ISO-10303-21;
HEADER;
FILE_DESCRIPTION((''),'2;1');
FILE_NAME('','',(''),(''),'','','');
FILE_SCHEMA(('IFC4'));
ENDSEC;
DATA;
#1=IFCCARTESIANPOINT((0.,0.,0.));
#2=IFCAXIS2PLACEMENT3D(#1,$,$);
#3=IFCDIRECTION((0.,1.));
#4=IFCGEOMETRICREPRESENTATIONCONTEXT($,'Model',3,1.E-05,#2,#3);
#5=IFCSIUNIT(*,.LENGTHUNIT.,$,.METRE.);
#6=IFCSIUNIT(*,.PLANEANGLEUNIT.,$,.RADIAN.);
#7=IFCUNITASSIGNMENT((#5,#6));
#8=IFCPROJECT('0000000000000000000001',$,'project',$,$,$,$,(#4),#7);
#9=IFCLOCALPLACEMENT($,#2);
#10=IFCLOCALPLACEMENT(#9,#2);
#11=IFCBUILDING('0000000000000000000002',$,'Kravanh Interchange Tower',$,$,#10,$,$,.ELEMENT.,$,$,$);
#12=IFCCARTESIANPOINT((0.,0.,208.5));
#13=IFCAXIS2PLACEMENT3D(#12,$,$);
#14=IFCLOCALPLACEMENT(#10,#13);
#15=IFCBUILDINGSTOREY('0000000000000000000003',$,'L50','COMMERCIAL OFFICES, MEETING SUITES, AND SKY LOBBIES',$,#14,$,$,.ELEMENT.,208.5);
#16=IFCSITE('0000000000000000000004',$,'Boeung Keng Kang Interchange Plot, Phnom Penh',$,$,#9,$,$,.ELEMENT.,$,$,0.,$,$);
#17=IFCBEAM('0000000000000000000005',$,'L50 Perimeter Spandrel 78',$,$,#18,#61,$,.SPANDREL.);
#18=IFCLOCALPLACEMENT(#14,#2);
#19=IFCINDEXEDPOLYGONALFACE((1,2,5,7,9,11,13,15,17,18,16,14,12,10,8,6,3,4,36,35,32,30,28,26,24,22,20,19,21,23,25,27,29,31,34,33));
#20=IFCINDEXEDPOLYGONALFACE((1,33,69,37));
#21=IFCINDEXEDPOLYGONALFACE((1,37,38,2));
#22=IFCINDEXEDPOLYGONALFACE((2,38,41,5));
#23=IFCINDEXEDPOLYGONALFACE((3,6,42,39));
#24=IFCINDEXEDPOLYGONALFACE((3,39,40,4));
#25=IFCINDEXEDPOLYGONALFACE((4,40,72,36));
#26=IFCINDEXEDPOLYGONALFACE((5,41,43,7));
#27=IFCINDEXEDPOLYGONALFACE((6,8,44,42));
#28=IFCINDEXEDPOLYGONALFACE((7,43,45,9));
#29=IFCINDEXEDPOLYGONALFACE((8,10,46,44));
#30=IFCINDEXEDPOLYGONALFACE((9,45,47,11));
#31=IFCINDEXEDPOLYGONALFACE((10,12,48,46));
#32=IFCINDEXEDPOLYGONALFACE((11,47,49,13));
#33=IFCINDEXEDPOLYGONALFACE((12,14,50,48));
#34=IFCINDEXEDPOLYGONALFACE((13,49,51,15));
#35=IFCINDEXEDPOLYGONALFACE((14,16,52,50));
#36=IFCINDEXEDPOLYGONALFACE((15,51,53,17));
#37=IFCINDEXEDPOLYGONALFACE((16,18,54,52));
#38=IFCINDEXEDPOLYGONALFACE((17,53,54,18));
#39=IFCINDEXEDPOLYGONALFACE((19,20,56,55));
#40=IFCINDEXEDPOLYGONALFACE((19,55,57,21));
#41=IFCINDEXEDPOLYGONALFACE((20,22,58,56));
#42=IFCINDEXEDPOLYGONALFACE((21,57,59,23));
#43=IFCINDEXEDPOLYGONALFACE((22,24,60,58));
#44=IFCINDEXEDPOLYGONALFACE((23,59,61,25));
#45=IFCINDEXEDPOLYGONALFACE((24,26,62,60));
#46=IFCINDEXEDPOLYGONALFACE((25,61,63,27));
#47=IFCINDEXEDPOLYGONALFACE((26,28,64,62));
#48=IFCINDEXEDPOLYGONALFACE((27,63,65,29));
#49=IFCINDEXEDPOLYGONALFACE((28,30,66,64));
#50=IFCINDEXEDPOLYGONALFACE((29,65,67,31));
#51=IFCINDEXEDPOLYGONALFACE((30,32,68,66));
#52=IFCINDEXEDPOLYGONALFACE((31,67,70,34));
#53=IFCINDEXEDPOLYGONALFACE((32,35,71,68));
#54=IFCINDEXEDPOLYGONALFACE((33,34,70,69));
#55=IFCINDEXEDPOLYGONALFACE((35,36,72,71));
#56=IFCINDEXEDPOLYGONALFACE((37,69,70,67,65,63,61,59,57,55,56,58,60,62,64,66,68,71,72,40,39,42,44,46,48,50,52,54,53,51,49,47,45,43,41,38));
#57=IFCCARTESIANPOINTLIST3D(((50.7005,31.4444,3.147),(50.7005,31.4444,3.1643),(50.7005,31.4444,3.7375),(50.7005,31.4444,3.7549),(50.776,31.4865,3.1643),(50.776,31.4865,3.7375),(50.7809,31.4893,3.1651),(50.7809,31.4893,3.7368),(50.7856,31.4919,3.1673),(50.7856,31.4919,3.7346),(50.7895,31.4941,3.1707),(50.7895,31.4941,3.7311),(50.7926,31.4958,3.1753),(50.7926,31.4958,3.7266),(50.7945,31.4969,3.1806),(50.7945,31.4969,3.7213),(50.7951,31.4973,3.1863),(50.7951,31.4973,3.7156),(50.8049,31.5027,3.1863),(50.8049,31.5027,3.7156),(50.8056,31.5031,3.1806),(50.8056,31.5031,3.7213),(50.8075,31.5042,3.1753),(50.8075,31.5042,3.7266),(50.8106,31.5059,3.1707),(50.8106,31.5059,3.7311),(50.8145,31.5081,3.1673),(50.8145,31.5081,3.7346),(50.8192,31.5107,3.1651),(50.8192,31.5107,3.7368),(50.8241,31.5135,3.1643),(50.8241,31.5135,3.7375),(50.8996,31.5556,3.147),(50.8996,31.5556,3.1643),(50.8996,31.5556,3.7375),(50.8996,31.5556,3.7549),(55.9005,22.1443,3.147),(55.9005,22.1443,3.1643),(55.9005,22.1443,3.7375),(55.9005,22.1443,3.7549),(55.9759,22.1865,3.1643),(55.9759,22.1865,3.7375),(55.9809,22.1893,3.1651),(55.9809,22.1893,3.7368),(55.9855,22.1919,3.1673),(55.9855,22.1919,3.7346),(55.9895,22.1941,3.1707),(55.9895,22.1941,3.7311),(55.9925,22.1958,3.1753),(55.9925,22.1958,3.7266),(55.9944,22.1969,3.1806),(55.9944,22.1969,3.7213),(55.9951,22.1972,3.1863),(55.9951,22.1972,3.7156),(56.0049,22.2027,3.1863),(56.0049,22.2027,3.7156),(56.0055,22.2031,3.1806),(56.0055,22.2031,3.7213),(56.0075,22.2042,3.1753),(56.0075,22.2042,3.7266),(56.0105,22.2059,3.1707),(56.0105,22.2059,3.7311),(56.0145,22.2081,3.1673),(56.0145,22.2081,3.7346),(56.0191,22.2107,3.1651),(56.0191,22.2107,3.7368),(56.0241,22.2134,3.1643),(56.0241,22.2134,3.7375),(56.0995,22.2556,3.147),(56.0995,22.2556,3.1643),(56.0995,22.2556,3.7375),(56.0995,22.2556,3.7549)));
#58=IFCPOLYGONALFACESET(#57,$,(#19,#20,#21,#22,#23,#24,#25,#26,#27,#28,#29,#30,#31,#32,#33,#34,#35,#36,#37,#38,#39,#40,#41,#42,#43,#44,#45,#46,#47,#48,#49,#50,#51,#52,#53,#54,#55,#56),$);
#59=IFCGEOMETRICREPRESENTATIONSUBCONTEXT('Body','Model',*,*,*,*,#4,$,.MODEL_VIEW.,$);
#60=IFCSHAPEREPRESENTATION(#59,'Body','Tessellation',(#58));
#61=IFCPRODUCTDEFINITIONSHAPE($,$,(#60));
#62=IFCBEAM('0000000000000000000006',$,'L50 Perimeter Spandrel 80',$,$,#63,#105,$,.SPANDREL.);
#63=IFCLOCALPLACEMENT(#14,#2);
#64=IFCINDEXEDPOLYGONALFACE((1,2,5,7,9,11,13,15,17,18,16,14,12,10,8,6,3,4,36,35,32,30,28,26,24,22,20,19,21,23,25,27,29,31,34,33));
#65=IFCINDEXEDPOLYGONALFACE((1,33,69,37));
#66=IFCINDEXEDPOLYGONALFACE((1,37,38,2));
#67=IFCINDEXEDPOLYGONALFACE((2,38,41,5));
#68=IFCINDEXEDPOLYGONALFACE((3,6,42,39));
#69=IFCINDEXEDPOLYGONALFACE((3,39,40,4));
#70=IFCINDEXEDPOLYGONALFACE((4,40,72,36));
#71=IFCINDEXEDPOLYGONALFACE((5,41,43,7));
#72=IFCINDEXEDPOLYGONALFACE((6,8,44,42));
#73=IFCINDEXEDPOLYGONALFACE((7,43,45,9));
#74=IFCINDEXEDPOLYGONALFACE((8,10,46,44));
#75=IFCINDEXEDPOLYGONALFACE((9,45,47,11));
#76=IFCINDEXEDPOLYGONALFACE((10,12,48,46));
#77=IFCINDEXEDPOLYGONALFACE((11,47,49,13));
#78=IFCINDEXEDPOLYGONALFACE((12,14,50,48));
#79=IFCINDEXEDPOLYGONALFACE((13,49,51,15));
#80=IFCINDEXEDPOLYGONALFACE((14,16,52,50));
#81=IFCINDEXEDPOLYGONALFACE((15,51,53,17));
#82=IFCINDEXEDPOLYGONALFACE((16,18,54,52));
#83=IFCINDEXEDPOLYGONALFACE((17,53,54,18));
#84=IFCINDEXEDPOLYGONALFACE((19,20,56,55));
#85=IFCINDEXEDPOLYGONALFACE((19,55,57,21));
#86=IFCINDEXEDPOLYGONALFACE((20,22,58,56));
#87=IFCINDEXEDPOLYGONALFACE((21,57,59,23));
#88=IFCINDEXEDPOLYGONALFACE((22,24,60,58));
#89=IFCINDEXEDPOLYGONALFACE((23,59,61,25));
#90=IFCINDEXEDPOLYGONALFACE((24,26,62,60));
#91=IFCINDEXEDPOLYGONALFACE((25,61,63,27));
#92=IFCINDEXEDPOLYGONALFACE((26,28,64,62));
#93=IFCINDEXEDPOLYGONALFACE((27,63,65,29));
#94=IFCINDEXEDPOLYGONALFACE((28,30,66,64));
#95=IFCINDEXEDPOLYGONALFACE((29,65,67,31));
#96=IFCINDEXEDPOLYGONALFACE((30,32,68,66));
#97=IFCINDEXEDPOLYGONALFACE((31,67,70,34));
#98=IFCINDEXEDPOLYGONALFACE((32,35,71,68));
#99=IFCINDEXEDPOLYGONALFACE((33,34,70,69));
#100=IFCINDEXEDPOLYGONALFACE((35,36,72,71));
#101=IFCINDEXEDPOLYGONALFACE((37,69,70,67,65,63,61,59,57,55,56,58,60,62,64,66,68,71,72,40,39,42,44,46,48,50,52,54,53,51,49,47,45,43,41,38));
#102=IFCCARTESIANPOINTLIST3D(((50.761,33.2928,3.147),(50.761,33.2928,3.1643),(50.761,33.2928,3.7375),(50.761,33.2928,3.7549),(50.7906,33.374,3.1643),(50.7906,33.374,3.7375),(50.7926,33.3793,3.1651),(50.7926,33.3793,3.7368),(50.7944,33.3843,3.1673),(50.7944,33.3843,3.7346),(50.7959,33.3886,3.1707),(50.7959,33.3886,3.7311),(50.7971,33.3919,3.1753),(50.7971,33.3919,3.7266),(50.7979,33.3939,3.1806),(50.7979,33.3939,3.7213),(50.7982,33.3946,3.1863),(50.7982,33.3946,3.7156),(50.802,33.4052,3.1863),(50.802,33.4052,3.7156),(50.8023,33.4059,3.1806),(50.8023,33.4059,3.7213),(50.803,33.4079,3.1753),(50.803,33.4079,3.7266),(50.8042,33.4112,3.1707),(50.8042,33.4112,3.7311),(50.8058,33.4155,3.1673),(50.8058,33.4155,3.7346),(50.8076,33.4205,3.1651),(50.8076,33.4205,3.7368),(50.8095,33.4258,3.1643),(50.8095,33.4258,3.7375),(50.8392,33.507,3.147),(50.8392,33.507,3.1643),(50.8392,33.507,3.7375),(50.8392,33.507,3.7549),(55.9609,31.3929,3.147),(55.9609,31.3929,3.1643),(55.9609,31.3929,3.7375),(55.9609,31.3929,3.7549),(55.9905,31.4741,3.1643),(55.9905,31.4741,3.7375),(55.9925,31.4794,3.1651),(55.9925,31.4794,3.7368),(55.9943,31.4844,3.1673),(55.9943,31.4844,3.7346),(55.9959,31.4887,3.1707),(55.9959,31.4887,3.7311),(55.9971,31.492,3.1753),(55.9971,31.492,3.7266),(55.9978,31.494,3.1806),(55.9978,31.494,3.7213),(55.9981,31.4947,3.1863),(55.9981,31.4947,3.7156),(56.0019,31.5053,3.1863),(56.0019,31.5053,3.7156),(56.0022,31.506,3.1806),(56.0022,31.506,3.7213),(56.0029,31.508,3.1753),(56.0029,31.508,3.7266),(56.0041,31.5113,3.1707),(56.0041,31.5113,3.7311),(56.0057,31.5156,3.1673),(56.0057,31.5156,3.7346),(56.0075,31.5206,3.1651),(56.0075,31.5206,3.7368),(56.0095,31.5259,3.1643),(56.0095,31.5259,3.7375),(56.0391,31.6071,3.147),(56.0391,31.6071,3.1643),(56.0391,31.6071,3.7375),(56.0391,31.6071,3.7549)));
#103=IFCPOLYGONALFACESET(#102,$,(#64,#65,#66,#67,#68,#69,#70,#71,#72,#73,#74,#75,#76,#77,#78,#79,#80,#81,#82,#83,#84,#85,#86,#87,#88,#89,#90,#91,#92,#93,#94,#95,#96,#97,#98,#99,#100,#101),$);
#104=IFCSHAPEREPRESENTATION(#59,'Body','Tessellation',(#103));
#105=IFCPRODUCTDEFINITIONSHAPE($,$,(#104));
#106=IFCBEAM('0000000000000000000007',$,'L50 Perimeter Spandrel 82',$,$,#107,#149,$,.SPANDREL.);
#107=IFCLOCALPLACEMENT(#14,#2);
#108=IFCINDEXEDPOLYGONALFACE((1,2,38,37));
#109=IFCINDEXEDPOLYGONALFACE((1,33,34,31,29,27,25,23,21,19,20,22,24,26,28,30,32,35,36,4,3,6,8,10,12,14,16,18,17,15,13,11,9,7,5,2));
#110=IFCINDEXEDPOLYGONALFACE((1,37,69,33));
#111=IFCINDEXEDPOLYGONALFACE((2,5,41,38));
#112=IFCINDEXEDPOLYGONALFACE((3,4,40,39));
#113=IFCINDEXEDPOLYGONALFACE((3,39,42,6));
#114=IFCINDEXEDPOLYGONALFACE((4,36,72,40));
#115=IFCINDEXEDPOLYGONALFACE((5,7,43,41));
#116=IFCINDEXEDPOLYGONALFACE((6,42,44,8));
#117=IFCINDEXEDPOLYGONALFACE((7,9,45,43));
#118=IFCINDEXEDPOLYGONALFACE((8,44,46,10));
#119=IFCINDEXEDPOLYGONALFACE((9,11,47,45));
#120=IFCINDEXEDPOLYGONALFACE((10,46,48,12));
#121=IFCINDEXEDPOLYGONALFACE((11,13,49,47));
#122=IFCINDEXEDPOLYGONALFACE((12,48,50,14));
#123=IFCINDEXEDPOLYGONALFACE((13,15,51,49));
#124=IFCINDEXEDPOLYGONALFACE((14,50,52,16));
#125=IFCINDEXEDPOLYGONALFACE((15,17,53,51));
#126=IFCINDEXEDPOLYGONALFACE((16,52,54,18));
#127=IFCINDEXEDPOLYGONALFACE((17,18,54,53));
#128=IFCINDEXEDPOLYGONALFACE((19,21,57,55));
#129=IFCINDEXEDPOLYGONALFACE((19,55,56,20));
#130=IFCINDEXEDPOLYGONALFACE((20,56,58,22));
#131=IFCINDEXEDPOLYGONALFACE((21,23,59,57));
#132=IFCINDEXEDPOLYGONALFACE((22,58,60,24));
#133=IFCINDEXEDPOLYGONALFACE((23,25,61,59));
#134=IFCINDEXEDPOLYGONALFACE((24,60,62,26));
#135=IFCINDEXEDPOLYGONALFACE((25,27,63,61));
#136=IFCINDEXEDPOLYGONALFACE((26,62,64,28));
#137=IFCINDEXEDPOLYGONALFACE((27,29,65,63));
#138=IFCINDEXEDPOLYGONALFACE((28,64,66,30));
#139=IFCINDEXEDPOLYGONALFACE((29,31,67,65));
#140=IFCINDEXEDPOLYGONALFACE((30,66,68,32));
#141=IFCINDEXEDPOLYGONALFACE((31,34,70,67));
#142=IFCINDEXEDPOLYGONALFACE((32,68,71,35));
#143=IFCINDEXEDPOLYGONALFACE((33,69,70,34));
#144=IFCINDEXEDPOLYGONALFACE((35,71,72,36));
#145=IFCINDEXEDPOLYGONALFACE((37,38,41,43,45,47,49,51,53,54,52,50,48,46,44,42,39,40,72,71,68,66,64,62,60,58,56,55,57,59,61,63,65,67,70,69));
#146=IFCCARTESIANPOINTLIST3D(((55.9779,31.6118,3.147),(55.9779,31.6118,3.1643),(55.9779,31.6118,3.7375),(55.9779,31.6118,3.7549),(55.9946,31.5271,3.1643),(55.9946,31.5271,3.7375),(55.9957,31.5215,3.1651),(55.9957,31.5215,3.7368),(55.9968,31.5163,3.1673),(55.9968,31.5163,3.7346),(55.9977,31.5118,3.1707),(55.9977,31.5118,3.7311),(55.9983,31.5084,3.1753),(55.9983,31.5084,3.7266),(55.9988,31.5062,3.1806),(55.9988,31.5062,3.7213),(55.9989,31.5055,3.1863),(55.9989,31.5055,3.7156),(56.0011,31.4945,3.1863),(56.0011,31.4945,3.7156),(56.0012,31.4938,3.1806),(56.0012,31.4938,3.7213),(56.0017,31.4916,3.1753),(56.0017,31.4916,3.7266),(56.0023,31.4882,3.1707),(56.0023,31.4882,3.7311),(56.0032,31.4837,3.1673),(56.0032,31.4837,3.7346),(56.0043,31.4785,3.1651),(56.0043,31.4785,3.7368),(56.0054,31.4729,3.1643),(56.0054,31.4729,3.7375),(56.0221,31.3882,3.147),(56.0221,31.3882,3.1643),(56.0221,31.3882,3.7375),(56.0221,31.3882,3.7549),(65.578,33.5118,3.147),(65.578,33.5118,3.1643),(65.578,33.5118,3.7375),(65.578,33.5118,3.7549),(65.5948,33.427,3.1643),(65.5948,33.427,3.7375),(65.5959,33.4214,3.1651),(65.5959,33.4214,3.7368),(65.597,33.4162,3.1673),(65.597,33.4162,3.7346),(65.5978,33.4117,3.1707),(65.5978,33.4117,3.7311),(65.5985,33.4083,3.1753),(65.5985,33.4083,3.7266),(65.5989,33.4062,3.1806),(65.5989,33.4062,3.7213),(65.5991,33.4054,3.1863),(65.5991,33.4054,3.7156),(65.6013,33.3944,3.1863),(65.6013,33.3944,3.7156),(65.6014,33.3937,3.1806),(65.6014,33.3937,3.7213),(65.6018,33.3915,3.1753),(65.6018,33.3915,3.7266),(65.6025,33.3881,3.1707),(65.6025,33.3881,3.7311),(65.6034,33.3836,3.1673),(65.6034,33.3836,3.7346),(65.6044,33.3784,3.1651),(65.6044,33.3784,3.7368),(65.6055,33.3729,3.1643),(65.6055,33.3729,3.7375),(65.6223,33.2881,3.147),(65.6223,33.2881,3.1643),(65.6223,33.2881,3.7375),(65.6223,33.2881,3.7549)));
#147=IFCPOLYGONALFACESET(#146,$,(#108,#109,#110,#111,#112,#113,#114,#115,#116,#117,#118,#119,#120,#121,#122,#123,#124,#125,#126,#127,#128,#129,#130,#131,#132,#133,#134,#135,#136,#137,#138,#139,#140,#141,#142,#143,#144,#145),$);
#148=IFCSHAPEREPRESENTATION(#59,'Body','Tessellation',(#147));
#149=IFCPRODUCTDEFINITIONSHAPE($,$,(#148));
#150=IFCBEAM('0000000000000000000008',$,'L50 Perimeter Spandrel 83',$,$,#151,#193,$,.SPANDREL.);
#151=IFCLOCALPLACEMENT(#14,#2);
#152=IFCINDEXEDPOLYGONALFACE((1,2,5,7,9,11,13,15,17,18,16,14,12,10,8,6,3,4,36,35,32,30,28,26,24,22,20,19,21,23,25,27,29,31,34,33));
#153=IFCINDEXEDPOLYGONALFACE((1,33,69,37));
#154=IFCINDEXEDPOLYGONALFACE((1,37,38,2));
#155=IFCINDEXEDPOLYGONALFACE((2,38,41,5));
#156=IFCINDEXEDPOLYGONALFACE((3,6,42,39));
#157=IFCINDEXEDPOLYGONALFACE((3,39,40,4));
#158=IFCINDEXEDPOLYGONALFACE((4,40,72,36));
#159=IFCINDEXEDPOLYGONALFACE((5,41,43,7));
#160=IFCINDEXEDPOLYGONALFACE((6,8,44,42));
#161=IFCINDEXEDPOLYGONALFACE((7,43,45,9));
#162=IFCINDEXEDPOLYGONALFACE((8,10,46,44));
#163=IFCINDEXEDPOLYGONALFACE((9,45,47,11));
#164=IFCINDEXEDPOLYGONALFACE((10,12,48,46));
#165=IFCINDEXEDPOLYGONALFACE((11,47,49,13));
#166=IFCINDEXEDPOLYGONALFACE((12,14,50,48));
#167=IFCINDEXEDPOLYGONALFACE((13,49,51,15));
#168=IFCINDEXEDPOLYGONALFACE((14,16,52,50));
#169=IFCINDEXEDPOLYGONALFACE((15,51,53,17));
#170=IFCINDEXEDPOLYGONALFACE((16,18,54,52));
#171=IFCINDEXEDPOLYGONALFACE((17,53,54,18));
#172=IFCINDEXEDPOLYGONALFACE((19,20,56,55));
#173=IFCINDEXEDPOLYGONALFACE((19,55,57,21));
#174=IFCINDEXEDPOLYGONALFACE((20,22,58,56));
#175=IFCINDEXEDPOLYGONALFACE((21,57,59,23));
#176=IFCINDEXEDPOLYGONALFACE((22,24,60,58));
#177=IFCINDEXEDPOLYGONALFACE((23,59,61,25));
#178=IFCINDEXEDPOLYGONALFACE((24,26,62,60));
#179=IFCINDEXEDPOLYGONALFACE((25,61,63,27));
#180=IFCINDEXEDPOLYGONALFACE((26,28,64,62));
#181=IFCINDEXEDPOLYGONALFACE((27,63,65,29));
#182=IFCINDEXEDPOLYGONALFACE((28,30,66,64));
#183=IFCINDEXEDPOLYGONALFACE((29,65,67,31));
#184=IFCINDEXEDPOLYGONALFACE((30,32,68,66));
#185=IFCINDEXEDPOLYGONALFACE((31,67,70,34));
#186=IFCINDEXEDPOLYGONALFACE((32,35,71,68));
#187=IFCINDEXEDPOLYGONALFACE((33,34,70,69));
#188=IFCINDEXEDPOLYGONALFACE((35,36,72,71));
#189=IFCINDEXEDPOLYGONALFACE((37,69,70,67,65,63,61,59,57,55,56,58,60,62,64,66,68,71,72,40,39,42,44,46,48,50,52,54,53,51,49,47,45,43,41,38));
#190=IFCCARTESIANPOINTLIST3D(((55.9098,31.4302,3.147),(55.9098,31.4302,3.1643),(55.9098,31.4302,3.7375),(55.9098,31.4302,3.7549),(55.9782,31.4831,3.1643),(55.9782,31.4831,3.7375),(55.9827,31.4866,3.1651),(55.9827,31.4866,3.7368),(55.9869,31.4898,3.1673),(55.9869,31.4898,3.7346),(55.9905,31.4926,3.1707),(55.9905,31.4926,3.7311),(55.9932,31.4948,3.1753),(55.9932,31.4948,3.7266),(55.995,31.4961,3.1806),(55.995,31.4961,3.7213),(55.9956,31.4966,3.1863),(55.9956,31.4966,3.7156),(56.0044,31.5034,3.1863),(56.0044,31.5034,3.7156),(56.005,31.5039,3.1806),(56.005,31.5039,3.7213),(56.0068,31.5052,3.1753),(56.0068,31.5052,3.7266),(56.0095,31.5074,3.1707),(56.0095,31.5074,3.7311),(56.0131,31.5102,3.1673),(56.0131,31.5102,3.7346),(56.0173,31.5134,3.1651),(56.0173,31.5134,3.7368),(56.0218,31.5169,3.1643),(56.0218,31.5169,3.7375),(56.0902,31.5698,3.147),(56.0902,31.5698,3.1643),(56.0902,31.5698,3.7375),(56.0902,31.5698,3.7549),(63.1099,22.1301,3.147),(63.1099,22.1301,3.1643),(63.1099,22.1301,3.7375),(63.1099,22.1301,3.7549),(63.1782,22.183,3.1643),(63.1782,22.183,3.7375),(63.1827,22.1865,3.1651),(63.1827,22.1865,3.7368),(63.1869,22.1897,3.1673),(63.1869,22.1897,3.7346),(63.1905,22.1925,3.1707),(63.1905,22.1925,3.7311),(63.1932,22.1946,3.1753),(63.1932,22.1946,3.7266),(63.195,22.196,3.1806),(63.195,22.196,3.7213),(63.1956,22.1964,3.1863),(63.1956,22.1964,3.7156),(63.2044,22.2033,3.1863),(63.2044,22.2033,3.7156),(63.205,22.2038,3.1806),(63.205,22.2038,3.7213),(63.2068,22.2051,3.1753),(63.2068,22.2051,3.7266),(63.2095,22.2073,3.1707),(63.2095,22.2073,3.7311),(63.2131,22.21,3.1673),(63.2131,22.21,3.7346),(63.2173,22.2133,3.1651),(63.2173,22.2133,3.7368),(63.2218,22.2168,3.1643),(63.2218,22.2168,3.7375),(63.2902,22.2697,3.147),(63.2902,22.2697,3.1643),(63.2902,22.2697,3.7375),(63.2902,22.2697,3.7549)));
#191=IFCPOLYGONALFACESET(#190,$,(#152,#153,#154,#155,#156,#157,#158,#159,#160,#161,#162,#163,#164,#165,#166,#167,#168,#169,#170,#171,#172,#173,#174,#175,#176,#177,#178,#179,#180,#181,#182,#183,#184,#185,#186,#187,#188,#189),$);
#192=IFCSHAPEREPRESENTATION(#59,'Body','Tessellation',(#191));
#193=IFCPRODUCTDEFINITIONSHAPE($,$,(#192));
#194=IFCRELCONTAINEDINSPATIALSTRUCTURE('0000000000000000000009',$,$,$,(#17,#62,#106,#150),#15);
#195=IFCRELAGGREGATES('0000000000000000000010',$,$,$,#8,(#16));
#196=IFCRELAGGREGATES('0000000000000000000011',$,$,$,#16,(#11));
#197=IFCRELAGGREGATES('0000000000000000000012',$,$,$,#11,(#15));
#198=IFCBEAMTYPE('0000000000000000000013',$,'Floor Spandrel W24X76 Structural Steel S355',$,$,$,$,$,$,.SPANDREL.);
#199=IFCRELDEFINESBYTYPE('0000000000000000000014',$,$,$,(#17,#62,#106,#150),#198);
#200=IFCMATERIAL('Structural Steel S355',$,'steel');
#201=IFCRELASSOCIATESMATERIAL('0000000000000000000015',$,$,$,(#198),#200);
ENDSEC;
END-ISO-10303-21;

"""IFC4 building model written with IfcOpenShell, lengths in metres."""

from ifc_helpers import new_model, si_unit, direction, frame, origin, origin_2d, place, context, subcontext, project, spatial, i_section, extrude, material, material_profile, profile_set, type_object, element, save


model = new_model("IFC4")

# Units and contexts
model_context = context("Model", 3, precision=1e-05, world=origin(), true_north=direction((0.0, 1.0)))
body_context = subcontext(model_context, "Body", "Model", "MODEL_VIEW")
ifc_project = project(units=[si_unit("LENGTHUNIT", "METRE"), si_unit("PLANEANGLEUNIT", "RADIAN")], contexts=[model_context])

# Site, building, storey
site_placement = place(None, origin())
site = spatial("IfcSite", under=ifc_project, at=site_placement, Name="Boeung Keng Kang Interchange Plot, Phnom Penh", CompositionType="ELEMENT", RefElevation=0.0)
building_placement = place(site_placement, origin())
building = spatial("IfcBuilding", under=site, at=building_placement, Name="Kravanh Interchange Tower", CompositionType="ELEMENT")
storey_placement = place(building_placement, frame((0.0, 0.0, 208.5)))
storey = spatial("IfcBuildingStorey", under=building, at=storey_placement, Name="L50", Description="COMMERCIAL OFFICES, MEETING SUITES, AND SKY LOBBIES", CompositionType="ELEMENT", Elevation=208.5)

# Beams
ifc_material_1 = material(Name="Structural Steel S355", Category="steel")
ifc_material_profile_1 = material_profile(ifc_material_1, i_section(OverallWidth=0.228, OverallDepth=0.6079, WebThickness=0.0112, FlangeThickness=0.0173, FilletRadius=0.022, at=origin_2d()), Name="W24X76")
ifc_profile_set_1 = profile_set([ifc_material_profile_1], Name="Structural Steel S355")
beam_type_1 = type_object("IfcBeamType", Name="Floor Spandrel W24X76 Structural Steel S355", PredefinedType="SPANDREL", material=ifc_profile_set_1)
beam_1_placement = place(storey_placement, frame((50.8, 31.5, 3.4509), z_axis=(0.488026, -0.872829, 0.0), x_axis=(0.872829, 0.488026, 0.0)))
element("IfcBeam", 1, at=beam_1_placement, inside=storey, type_object=beam_type_1, Name="L50 Perimeter Spandrel 78", PredefinedType="SPANDREL", context=body_context, shape_type="SweptSolid", body=[
    extrude(i_section(OverallWidth=0.228, OverallDepth=0.6079, WebThickness=0.0112, FlangeThickness=0.0173, FilletRadius=0.022, at=origin_2d()), origin(), (0.0, 0.0, 1.0), 10.655),
])
beam_2_placement = place(storey_placement, frame((56.0, 31.5, 3.4509), z_axis=(-0.93927, 0.34318, 0.0), x_axis=(-0.34318, -0.93927, 0.0)))
element("IfcBeam", 2, at=beam_2_placement, inside=storey, type_object=beam_type_1, Name="L50 Perimeter Spandrel 80", PredefinedType="SPANDREL", context=body_context, shape_type="SweptSolid", body=[
    extrude(i_section(OverallWidth=0.228, OverallDepth=0.6079, WebThickness=0.0112, FlangeThickness=0.0173, FilletRadius=0.022, at=origin_2d()), origin(), (0.0, 0.0, 1.0), 5.5361),
])
beam_3_placement = place(storey_placement, frame((56.0, 31.5, 3.4509), z_axis=(0.980974, 0.194139, 0.0), x_axis=(-0.194139, 0.980974, 0.0)))
element("IfcBeam", 3, at=beam_3_placement, inside=storey, type_object=beam_type_1, Name="L50 Perimeter Spandrel 82", PredefinedType="SPANDREL", context=body_context, shape_type="SweptSolid", body=[
    extrude(i_section(OverallWidth=0.228, OverallDepth=0.6079, WebThickness=0.0112, FlangeThickness=0.0173, FilletRadius=0.022, at=origin_2d()), origin(), (0.0, 0.0, 1.0), 9.7864),
])
beam_4_placement = place(storey_placement, frame((56.0, 31.5, 3.4509), z_axis=(0.612169, -0.790727, 0.0), x_axis=(0.790727, 0.612169, 0.0)))
element("IfcBeam", 4, at=beam_4_placement, inside=storey, type_object=beam_type_1, Name="L50 Perimeter Spandrel 83", PredefinedType="SPANDREL", context=body_context, shape_type="SweptSolid", body=[
    extrude(i_section(OverallWidth=0.228, OverallDepth=0.6079, WebThickness=0.0112, FlangeThickness=0.0173, FilletRadius=0.022, at=origin_2d()), origin(), (0.0, 0.0, 1.0), 11.7615),
])

save(model, "model.ifc")
